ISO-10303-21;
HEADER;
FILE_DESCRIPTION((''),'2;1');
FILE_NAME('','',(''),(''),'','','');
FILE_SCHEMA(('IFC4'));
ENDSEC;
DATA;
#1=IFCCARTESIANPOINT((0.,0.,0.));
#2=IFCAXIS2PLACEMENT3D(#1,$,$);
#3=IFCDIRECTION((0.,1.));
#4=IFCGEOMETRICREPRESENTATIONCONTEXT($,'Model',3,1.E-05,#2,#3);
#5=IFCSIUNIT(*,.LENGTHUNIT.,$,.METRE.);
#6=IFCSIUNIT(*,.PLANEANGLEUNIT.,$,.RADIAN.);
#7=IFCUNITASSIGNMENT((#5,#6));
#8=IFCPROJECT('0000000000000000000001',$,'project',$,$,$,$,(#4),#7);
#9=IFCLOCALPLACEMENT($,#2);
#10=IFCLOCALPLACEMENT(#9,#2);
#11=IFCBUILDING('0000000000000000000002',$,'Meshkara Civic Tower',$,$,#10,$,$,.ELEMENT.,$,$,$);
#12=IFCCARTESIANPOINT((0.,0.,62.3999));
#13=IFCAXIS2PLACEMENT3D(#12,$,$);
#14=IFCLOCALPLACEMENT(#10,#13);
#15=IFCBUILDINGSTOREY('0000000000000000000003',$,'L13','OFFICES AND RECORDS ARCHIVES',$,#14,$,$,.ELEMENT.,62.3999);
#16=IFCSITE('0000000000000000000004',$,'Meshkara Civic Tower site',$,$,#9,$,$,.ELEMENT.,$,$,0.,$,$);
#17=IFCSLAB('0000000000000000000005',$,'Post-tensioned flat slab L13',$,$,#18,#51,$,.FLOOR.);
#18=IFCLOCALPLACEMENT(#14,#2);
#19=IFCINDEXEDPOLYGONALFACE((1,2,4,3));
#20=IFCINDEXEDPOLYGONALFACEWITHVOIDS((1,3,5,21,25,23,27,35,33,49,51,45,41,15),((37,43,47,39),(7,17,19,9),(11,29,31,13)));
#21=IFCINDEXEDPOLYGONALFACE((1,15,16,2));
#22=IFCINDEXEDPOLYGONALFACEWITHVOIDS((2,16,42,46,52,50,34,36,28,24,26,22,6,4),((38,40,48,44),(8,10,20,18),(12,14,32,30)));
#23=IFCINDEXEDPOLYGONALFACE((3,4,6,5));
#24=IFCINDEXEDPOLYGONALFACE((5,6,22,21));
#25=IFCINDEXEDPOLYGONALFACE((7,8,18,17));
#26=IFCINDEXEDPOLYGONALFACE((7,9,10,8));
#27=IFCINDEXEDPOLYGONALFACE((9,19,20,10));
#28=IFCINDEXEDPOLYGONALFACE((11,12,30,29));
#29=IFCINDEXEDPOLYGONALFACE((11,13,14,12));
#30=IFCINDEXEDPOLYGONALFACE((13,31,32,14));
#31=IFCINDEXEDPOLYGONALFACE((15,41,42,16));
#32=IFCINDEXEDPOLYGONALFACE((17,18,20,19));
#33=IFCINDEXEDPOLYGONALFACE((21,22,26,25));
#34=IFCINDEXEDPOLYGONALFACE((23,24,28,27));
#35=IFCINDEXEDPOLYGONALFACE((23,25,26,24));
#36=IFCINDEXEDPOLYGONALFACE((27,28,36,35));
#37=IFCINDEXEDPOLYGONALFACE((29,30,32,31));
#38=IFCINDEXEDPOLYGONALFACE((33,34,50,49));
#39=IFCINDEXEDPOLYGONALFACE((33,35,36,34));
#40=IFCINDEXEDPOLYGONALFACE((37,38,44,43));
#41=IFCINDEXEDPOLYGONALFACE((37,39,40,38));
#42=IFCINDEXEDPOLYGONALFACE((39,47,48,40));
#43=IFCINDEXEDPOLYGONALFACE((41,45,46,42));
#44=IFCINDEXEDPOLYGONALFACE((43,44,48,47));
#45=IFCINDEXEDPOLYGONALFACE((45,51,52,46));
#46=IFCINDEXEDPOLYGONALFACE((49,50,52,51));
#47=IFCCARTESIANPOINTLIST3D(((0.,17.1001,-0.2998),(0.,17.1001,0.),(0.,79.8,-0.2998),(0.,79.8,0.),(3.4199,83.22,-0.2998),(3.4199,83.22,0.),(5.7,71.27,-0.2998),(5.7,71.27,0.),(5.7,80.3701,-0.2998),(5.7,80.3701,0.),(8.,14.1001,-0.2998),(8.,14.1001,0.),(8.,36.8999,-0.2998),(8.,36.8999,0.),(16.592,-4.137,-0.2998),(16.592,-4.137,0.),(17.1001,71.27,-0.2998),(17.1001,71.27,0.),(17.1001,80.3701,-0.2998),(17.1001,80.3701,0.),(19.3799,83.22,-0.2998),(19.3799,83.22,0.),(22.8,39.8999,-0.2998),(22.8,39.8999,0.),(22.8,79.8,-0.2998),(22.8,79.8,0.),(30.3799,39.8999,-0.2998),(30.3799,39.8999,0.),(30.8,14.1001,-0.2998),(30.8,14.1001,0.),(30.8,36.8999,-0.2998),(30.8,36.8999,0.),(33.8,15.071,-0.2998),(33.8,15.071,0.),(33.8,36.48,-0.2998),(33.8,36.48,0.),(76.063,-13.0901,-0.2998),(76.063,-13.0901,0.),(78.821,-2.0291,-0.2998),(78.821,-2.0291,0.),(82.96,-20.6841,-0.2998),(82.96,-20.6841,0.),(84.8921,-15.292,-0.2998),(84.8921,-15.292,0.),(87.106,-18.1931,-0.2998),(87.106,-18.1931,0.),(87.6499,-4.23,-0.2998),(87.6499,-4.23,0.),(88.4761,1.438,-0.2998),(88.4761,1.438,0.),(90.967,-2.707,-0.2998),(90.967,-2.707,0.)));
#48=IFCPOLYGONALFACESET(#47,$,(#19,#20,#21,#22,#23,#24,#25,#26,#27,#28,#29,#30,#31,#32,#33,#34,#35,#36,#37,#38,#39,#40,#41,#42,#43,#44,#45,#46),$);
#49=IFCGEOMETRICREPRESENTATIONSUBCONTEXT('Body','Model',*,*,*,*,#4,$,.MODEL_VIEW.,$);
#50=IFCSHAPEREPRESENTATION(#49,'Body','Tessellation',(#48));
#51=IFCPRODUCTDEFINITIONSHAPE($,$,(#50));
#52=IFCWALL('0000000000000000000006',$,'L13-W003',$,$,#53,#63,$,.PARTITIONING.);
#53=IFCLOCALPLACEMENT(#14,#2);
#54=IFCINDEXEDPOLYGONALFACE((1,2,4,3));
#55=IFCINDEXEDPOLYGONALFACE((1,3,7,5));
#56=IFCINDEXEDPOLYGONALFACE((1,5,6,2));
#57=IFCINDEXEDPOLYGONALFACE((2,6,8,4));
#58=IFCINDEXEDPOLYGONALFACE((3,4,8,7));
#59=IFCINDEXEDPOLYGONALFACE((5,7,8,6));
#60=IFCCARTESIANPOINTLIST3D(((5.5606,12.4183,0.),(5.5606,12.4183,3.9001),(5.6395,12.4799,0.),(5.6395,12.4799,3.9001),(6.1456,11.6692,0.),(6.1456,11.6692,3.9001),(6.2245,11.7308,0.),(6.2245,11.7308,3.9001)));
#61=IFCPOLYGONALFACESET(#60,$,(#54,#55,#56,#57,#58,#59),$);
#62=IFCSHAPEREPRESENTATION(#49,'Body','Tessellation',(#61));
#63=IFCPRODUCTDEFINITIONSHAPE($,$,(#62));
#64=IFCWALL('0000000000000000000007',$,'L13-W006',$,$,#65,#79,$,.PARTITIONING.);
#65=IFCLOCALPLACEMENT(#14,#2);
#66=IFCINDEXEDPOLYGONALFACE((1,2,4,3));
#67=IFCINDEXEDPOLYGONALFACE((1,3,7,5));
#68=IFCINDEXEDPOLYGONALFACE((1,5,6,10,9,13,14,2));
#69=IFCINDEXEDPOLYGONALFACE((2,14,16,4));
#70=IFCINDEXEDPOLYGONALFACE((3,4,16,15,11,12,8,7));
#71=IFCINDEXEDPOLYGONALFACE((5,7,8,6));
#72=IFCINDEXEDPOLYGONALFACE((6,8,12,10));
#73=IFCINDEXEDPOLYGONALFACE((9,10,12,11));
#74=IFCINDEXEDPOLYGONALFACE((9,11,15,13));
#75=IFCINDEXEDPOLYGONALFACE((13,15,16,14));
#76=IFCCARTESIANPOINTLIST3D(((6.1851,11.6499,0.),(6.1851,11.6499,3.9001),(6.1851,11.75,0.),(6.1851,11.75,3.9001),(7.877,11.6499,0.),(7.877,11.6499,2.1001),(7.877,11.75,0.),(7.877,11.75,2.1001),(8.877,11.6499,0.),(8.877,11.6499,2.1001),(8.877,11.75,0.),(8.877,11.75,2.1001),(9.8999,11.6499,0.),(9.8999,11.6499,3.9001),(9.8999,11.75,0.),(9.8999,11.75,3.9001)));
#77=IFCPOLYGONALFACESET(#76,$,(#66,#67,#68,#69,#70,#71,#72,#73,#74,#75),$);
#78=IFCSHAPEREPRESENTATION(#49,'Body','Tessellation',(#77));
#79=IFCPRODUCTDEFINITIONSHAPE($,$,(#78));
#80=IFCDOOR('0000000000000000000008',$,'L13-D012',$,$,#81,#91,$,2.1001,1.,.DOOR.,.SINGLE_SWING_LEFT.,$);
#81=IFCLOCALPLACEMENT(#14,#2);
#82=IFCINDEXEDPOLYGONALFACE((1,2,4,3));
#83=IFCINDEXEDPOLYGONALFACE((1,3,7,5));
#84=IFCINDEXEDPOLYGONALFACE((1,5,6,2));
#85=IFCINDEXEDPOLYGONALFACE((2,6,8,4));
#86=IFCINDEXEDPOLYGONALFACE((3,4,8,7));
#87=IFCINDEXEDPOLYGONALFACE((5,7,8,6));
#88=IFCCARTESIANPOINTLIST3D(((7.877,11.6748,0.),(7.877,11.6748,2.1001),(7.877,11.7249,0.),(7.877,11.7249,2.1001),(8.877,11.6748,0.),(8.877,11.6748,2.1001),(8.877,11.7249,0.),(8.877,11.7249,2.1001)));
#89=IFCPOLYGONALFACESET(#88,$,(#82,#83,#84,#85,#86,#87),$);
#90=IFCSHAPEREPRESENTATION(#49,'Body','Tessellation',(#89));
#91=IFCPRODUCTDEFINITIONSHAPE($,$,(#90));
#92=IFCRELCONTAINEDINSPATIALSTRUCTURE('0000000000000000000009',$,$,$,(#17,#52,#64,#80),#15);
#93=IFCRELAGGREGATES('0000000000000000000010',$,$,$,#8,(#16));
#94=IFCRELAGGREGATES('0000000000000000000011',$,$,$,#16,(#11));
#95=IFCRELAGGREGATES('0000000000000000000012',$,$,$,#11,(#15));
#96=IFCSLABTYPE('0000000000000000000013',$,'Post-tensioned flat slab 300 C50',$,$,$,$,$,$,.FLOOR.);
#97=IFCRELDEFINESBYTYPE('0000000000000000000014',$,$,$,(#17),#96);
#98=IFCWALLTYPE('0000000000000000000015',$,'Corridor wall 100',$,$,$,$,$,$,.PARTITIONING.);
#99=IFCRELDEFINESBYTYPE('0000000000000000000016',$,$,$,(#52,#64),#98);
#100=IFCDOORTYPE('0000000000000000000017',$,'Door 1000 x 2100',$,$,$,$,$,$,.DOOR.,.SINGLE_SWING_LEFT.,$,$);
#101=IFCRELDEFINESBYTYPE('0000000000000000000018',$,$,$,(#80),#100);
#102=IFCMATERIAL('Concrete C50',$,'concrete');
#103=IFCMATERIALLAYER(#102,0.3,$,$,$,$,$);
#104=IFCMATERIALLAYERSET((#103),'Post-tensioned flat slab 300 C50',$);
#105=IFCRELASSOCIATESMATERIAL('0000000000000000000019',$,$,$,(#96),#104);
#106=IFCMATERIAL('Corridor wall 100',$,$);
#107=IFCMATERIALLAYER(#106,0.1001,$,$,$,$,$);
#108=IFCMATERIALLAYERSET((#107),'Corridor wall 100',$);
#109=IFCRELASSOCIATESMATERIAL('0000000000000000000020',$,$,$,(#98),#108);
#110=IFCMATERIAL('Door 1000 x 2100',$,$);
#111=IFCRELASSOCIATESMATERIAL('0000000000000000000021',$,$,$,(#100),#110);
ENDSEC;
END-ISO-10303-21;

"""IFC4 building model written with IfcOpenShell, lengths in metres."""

from ifc_helpers import new_model, si_unit, direction, frame, frame_2d, origin, place, context, subcontext, project, spatial, polyline, rectangle, outline, extrude, material, layer, layer_set, type_object, element, fill, save


model = new_model("IFC4")

# Units and contexts
model_context = context("Model", 3, precision=1e-05, world=origin(), true_north=direction((0.0, 1.0)))
body_context = subcontext(model_context, "Body", "Model", "MODEL_VIEW")
ifc_project = project(units=[si_unit("LENGTHUNIT", "METRE"), si_unit("PLANEANGLEUNIT", "RADIAN")], contexts=[model_context])

# Site, building, storey
site_placement = place(None, origin())
site = spatial("IfcSite", under=ifc_project, at=site_placement, Name="Meshkara Civic Tower site", CompositionType="ELEMENT", RefElevation=0.0)
building_placement = place(site_placement, origin())
building = spatial("IfcBuilding", under=site, at=building_placement, Name="Meshkara Civic Tower", CompositionType="ELEMENT")
storey_placement = place(building_placement, frame((0.0, 0.0, 62.3999)))
storey = spatial("IfcBuildingStorey", under=building, at=storey_placement, Name="L13", Description="OFFICES AND RECORDS ARCHIVES", CompositionType="ELEMENT", Elevation=62.3999)

# Slab
ifc_material_1 = material(Name="Concrete C50", Category="concrete")
ifc_layer_1 = layer(ifc_material_1, 0.3)
ifc_layer_set_1 = layer_set([ifc_layer_1], Name="Post-tensioned flat slab 300 C50")
slab_type_1 = type_object("IfcSlabType", Name="Post-tensioned flat slab 300 C50", PredefinedType="FLOOR", material=ifc_layer_set_1)
slab_1_placement = place(storey_placement, frame((0.0, 0.0, -0.2998)))
element("IfcSlab", 1, at=slab_1_placement, inside=storey, type_object=slab_type_1, Name="Post-tensioned flat slab L13", PredefinedType="FLOOR", context=body_context, shape_type="SweptSolid", body=[
    extrude(outline(polyline([(87.106, -18.1931), (82.96, -20.6841), (16.592, -4.137), (0.0, 17.1001), (0.0, 79.8), (3.4199, 83.22), (19.3799, 83.22), (22.8, 79.8), (22.8, 39.8999), (30.3799, 39.8999), (33.8, 36.48), (33.8, 15.071), (88.4761, 1.438), (90.967, -2.707), (87.106, -18.1931)]), holes=[polyline([(84.8921, -15.292), (87.6499, -4.23), (78.821, -2.0291), (76.063, -13.0901), (84.8921, -15.292)]), polyline([(8.0, 14.1001), (30.8, 14.1001), (30.8, 36.8999), (8.0, 36.8999), (8.0, 14.1001)]), polyline([(5.7, 80.3701), (5.7, 71.27), (17.1001, 71.27), (17.1001, 80.3701), (5.7, 80.3701)])]), origin(), (0.0, 0.0, 1.0), 0.2998),
])

# Wall
ifc_material_2 = material(Name="Corridor wall 100")
ifc_layer_2 = layer(ifc_material_2, 0.1001)
ifc_layer_set_2 = layer_set([ifc_layer_2], Name="Corridor wall 100")
wall_type_1 = type_object("IfcWallType", Name="Corridor wall 100", PredefinedType="PARTITIONING", material=ifc_layer_set_2)
wall_1_placement = place(storey_placement, frame((5.6001, 12.449, 0.0), z_axis=(0.0, 0.0, 1.0), x_axis=(0.615504, -0.788133, 0.0)))
element("IfcWall", 2, at=wall_1_placement, inside=storey, type_object=wall_type_1, Name="L13-W003", PredefinedType="PARTITIONING", context=body_context, shape_type="SweptSolid", body=[
    extrude(rectangle(XDim=0.9504, YDim=0.1001, at=frame_2d((0.4751, 0.0))), origin(), (0.0, 0.0, 1.0), 3.9001),
])

# Wall, opening, door
wall_2_placement = place(storey_placement, frame((6.1851, 11.7, 0.0), z_axis=(0.0, 0.0, 1.0), x_axis=(1.0, 0.0, 0.0)))
wall_2 = element("IfcWall", 3, at=wall_2_placement, inside=storey, type_object=wall_type_1, Name="L13-W006", PredefinedType="PARTITIONING", context=body_context, shape_type="SweptSolid", body=[
    extrude(rectangle(XDim=3.7148, YDim=0.1001, at=frame_2d((1.8574, 0.0))), origin(), (0.0, 0.0, 1.0), 3.9001),
])
opening_1_placement = place(wall_2_placement, frame((1.6919, 0.0, 0.0)))
opening_1 = element("IfcOpeningElement", 4, at=opening_1_placement, cuts=wall_2, PredefinedType="OPENING", context=body_context, shape_type="SweptSolid", body=[
    extrude(rectangle(XDim=1.0, YDim=2.1001, at=frame_2d((0.5, 1.05))), frame((0.0, 0.0601, 0.0), z_axis=(0.0, -1.0, 0.0), x_axis=(1.0, 0.0, 0.0)), (0.0, 0.0, 1.0), 0.1201),
])
ifc_material_3 = material(Name="Door 1000 x 2100")
door_type_1 = type_object("IfcDoorType", Name="Door 1000 x 2100", OperationType="SINGLE_SWING_LEFT", PredefinedType="DOOR", material=ifc_material_3)
door_1_placement = place(opening_1_placement, origin())
door_1 = element("IfcDoor", 5, at=door_1_placement, inside=storey, type_object=door_type_1, Name="L13-D012", OperationType="SINGLE_SWING_LEFT", OverallHeight=2.1001, OverallWidth=1.0, PredefinedType="DOOR", context=body_context, shape_type="SweptSolid", body=[
    extrude(rectangle(XDim=1.0, YDim=2.1001, at=frame_2d((0.5, 1.05))), frame((0.0, 0.0249, 0.0), z_axis=(0.0, -1.0, 0.0), x_axis=(1.0, 0.0, 0.0)), (0.0, 0.0, 1.0), 0.05),
])
fill(opening_1, door_1)

save(model, "model.ifc")
